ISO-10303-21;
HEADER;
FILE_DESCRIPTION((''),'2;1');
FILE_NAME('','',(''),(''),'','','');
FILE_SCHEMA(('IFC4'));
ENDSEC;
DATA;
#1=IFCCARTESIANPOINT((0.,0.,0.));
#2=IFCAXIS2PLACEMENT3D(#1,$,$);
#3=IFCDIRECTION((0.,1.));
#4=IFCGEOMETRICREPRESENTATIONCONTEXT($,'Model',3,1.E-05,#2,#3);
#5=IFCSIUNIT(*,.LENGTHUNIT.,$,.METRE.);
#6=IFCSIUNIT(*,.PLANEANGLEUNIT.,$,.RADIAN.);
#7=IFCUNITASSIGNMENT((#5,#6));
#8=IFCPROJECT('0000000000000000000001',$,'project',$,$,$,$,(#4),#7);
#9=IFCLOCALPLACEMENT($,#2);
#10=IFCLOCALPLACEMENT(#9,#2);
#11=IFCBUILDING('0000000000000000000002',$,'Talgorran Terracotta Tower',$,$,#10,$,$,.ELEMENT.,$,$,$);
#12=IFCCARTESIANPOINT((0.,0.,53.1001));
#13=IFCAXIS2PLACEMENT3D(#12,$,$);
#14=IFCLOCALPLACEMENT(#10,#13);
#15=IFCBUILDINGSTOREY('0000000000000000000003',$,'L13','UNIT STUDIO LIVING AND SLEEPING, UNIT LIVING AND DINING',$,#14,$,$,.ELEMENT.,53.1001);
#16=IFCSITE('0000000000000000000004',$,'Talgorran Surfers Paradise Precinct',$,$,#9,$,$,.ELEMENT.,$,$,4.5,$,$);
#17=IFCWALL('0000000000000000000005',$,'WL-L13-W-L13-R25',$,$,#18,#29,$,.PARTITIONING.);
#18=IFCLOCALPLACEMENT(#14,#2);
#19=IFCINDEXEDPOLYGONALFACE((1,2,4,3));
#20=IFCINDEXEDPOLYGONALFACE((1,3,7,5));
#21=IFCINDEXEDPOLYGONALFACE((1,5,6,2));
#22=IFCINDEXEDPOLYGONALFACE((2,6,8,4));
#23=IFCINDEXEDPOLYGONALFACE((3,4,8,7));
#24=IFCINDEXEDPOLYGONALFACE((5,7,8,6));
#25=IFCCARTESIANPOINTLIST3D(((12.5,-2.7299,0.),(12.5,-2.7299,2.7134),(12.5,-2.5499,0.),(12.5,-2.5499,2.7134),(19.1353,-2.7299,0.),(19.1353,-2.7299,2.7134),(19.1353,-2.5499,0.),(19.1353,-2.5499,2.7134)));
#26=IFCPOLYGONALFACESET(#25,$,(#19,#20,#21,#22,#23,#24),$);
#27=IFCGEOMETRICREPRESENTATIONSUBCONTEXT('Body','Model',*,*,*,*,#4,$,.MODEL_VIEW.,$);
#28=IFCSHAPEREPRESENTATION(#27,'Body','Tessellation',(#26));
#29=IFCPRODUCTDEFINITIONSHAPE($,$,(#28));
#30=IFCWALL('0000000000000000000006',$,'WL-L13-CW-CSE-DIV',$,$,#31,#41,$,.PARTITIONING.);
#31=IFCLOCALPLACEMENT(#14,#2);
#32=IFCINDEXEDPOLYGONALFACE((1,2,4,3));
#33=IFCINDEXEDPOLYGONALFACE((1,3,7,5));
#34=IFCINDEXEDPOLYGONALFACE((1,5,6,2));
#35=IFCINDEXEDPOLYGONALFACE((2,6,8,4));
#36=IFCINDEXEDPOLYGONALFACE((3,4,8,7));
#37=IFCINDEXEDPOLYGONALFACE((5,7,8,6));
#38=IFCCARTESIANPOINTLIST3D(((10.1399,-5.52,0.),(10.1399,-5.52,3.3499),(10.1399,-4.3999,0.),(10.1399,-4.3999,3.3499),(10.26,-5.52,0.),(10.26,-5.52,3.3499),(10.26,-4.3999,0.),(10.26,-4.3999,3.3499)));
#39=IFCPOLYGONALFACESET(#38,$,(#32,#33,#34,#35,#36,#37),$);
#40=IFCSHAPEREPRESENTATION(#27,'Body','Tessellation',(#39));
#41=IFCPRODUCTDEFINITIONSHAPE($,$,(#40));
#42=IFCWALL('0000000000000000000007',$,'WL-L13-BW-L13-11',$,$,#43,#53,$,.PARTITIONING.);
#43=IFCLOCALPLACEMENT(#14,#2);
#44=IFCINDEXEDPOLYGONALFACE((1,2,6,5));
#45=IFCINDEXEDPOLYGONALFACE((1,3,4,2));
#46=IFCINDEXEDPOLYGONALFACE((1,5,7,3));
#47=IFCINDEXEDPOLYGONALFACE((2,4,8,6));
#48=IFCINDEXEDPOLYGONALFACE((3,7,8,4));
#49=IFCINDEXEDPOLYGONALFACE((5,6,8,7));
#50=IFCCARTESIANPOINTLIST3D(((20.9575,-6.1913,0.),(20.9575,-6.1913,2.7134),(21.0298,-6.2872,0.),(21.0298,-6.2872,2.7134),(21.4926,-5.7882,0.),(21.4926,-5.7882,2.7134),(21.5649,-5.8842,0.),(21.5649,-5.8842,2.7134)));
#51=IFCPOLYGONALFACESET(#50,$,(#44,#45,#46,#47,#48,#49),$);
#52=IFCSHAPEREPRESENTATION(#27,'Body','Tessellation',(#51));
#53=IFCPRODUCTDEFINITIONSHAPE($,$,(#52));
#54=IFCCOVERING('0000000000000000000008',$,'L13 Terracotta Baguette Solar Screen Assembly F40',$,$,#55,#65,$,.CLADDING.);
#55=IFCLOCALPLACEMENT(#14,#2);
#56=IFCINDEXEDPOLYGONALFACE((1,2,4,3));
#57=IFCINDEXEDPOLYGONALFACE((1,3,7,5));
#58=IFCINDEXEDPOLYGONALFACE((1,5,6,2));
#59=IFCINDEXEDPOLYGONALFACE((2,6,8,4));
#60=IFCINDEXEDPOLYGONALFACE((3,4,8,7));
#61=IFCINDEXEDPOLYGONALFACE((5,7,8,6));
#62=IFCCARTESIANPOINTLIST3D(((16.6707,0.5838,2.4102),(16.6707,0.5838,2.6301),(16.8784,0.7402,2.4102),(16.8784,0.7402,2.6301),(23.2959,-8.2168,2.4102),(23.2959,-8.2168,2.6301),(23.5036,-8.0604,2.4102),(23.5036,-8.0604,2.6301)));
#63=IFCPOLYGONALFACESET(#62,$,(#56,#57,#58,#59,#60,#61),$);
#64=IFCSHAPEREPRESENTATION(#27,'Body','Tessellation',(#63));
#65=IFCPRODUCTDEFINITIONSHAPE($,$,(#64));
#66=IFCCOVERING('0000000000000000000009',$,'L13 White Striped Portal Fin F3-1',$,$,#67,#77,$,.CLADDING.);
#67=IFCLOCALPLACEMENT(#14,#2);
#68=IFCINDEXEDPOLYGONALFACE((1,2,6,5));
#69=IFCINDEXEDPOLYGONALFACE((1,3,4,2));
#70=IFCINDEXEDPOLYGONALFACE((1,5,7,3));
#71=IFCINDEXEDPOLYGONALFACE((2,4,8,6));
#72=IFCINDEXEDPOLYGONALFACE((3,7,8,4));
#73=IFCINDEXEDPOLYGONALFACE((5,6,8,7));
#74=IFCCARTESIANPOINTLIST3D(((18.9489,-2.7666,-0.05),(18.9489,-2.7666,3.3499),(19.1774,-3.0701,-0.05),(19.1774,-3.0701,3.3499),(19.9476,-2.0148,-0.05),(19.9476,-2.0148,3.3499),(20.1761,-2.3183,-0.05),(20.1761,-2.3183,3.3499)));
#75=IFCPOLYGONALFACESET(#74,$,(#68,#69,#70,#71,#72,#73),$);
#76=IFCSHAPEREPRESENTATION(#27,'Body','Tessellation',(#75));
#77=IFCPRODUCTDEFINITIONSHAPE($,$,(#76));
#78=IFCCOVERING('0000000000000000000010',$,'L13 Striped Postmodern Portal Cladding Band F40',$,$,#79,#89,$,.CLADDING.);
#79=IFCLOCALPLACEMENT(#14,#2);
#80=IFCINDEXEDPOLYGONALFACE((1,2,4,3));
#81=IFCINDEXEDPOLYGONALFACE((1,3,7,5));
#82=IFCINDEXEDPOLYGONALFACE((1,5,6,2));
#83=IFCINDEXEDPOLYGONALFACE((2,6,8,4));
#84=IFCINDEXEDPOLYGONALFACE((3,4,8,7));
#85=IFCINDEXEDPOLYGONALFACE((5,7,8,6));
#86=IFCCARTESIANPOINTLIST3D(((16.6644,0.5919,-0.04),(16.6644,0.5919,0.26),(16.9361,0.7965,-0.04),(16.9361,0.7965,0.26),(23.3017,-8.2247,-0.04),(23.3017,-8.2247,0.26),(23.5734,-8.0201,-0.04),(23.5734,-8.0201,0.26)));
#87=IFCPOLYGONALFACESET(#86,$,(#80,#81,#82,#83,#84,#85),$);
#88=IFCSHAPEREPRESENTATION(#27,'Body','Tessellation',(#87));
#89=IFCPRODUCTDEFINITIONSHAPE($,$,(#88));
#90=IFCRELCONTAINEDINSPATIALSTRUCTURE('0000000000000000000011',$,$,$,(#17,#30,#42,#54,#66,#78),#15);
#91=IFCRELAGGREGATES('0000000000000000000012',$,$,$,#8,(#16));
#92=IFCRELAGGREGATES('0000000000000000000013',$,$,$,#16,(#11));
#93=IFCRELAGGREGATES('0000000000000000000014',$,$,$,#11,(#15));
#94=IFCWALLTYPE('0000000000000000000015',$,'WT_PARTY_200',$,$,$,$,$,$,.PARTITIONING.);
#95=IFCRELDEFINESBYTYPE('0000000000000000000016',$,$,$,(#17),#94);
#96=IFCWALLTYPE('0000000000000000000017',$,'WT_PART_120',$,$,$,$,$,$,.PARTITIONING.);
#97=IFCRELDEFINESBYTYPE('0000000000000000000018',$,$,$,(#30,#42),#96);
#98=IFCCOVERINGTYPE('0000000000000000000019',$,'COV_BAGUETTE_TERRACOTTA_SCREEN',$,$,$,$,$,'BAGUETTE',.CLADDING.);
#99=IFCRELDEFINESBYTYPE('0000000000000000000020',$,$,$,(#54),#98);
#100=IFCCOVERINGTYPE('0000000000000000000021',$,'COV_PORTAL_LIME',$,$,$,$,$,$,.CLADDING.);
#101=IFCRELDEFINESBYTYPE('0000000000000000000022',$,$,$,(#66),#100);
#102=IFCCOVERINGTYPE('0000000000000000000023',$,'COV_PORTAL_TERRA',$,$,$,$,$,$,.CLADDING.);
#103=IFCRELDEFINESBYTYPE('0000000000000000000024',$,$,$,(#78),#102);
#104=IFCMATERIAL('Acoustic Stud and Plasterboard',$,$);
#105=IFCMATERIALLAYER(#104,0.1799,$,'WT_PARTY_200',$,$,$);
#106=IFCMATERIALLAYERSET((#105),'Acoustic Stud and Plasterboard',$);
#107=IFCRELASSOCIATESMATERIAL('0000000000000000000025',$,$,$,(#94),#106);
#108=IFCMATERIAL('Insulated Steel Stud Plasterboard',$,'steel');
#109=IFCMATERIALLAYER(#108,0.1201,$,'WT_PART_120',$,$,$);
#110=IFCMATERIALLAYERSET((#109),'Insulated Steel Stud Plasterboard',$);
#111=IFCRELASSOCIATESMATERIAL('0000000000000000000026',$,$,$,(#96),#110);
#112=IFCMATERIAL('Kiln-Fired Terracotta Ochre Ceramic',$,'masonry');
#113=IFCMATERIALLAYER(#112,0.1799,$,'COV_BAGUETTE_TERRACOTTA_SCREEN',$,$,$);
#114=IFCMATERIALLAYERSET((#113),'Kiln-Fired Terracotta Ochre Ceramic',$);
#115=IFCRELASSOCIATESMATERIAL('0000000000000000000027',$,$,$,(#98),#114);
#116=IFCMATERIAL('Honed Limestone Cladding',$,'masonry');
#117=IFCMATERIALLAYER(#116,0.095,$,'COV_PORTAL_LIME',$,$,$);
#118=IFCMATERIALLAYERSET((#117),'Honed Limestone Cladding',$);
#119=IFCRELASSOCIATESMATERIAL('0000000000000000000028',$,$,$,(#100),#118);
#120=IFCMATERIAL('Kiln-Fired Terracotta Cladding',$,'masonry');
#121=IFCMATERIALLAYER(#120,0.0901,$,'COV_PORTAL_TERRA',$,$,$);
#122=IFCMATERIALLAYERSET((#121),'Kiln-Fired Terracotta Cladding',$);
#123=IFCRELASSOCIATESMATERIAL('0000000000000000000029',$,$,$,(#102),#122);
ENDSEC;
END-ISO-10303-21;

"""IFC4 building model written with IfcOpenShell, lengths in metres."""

from ifc_helpers import new_model, si_unit, direction, frame, frame_2d, origin, origin_2d, place, context, subcontext, project, spatial, rectangle, extrude, material, layer, layer_set, type_object, element, save


model = new_model("IFC4")

# Units and contexts
model_context = context("Model", 3, precision=1e-05, world=origin(), true_north=direction((0.0, 1.0)))
body_context = subcontext(model_context, "Body", "Model", "MODEL_VIEW")
ifc_project = project(units=[si_unit("LENGTHUNIT", "METRE"), si_unit("PLANEANGLEUNIT", "RADIAN")], contexts=[model_context])

# Site, building, storey
site_placement = place(None, origin())
site = spatial("IfcSite", under=ifc_project, at=site_placement, Name="Talgorran Surfers Paradise Precinct", CompositionType="ELEMENT", RefElevation=4.5)
building_placement = place(site_placement, origin())
building = spatial("IfcBuilding", under=site, at=building_placement, Name="Talgorran Terracotta Tower", CompositionType="ELEMENT")
storey_placement = place(building_placement, frame((0.0, 0.0, 53.1001)))
storey = spatial("IfcBuildingStorey", under=building, at=storey_placement, Name="L13", Description="UNIT STUDIO LIVING AND SLEEPING, UNIT LIVING AND DINING", CompositionType="ELEMENT", Elevation=53.1001)

# Walls
ifc_material_1 = material(Name="Acoustic Stud and Plasterboard")
ifc_layer_1 = layer(ifc_material_1, 0.1799, Name="WT_PARTY_200")
ifc_layer_set_1 = layer_set([ifc_layer_1], Name="Acoustic Stud and Plasterboard")
wall_type_1 = type_object("IfcWallType", Name="WT_PARTY_200", PredefinedType="PARTITIONING", material=ifc_layer_set_1)
wall_1_placement = place(storey_placement, frame((12.5, -2.6399, 0.0), z_axis=(0.0, 0.0, 1.0), x_axis=(1.0, 0.0, 0.0)))
element("IfcWall", 1, at=wall_1_placement, inside=storey, type_object=wall_type_1, Name="WL-L13-W-L13-R25", PredefinedType="PARTITIONING", context=body_context, shape_type="SweptSolid", body=[
    extrude(rectangle(XDim=6.6353, YDim=0.1799, at=frame_2d((3.3176, 0.0))), origin(), (0.0, 0.0, 1.0), 2.7134),
])
ifc_material_2 = material(Name="Insulated Steel Stud Plasterboard", Category="steel")
ifc_layer_2 = layer(ifc_material_2, 0.1201, Name="WT_PART_120")
ifc_layer_set_2 = layer_set([ifc_layer_2], Name="Insulated Steel Stud Plasterboard")
wall_type_2 = type_object("IfcWallType", Name="WT_PART_120", PredefinedType="PARTITIONING", material=ifc_layer_set_2)
wall_2_placement = place(storey_placement, frame((10.2, -5.52, 0.0), z_axis=(0.0, 0.0, 1.0), x_axis=(0.0, 1.0, 0.0)))
element("IfcWall", 2, at=wall_2_placement, inside=storey, type_object=wall_type_2, Name="WL-L13-CW-CSE-DIV", PredefinedType="PARTITIONING", context=body_context, shape_type="SweptSolid", body=[
    extrude(rectangle(XDim=1.1201, YDim=0.1201, at=frame_2d((0.5601, 0.0))), origin(), (0.0, 0.0, 1.0), 3.3499),
])
wall_3_placement = place(storey_placement, frame((20.9937, -6.2393, 0.0), z_axis=(0.0, 0.0, 1.0), x_axis=(0.798774, 0.601631, 0.0)))
element("IfcWall", 3, at=wall_3_placement, inside=storey, type_object=wall_type_2, Name="WL-L13-BW-L13-11", PredefinedType="PARTITIONING", context=body_context, shape_type="SweptSolid", body=[
    extrude(rectangle(XDim=0.6699, YDim=0.1201, at=frame_2d((0.335, 0.0))), origin(), (0.0, 0.0, 1.0), 2.7134),
])

# Coverings
ifc_material_3 = material(Name="Kiln-Fired Terracotta Ochre Ceramic", Category="masonry")
ifc_layer_3 = layer(ifc_material_3, 0.1799, Name="COV_BAGUETTE_TERRACOTTA_SCREEN")
ifc_layer_set_3 = layer_set([ifc_layer_3], Name="Kiln-Fired Terracotta Ochre Ceramic")
covering_type_1 = type_object("IfcCoveringType", Name="COV_BAGUETTE_TERRACOTTA_SCREEN", ElementType="BAGUETTE", PredefinedType="CLADDING", material=ifc_layer_set_3)
covering_1_placement = place(storey_placement, frame((20.0872, -3.7383, 2.4102), z_axis=(0.0, 0.0, 1.0), x_axis=(-0.601439, 0.798919, 0.0)))
element("IfcCovering", 4, at=covering_1_placement, inside=storey, type_object=covering_type_1, Name="L13 Terracotta Baguette Solar Screen Assembly F40", PredefinedType="CLADDING", context=body_context, shape_type="SweptSolid", body=[
    extrude(rectangle(XDim=11.0156, YDim=0.26, at=origin_2d()), origin(), (0.0, 0.0, 1.0), 0.22),
])
ifc_material_4 = material(Name="Honed Limestone Cladding", Category="masonry")
ifc_layer_4 = layer(ifc_material_4, 0.095, Name="COV_PORTAL_LIME")
ifc_layer_set_4 = layer_set([ifc_layer_4], Name="Honed Limestone Cladding")
covering_type_2 = type_object("IfcCoveringType", Name="COV_PORTAL_LIME", PredefinedType="CLADDING", material=ifc_layer_set_4)
covering_2_placement = place(storey_placement, frame((19.5625, -2.5425, -0.05), z_axis=(0.0, 0.0, 1.0), x_axis=(-0.601439, 0.798919, 0.0)))
element("IfcCovering", 5, at=covering_2_placement, inside=storey, type_object=covering_type_2, Name="L13 White Striped Portal Fin F3-1", PredefinedType="CLADDING", context=body_context, shape_type="SweptSolid", body=[
    extrude(rectangle(XDim=0.3799, YDim=1.25, at=origin_2d()), origin(), (0.0, 0.0, 1.0), 3.3999),
])
ifc_material_5 = material(Name="Kiln-Fired Terracotta Cladding", Category="masonry")
ifc_layer_5 = layer(ifc_material_5, 0.0901, Name="COV_PORTAL_TERRA")
ifc_layer_set_5 = layer_set([ifc_layer_5], Name="Kiln-Fired Terracotta Cladding")
covering_type_3 = type_object("IfcCoveringType", Name="COV_PORTAL_TERRA", PredefinedType="CLADDING", material=ifc_layer_set_5)
covering_3_placement = place(storey_placement, frame((20.1189, -3.7141, -0.04), z_axis=(0.0, 0.0, 1.0), x_axis=(-0.601439, 0.798919, 0.0)))
element("IfcCovering", 6, at=covering_3_placement, inside=storey, type_object=covering_type_3, Name="L13 Striped Postmodern Portal Cladding Band F40", PredefinedType="CLADDING", context=body_context, shape_type="SweptSolid", body=[
    extrude(rectangle(XDim=11.0356, YDim=0.3401, at=origin_2d()), origin(), (0.0, 0.0, 1.0), 0.3),
])

save(model, "model.ifc")
